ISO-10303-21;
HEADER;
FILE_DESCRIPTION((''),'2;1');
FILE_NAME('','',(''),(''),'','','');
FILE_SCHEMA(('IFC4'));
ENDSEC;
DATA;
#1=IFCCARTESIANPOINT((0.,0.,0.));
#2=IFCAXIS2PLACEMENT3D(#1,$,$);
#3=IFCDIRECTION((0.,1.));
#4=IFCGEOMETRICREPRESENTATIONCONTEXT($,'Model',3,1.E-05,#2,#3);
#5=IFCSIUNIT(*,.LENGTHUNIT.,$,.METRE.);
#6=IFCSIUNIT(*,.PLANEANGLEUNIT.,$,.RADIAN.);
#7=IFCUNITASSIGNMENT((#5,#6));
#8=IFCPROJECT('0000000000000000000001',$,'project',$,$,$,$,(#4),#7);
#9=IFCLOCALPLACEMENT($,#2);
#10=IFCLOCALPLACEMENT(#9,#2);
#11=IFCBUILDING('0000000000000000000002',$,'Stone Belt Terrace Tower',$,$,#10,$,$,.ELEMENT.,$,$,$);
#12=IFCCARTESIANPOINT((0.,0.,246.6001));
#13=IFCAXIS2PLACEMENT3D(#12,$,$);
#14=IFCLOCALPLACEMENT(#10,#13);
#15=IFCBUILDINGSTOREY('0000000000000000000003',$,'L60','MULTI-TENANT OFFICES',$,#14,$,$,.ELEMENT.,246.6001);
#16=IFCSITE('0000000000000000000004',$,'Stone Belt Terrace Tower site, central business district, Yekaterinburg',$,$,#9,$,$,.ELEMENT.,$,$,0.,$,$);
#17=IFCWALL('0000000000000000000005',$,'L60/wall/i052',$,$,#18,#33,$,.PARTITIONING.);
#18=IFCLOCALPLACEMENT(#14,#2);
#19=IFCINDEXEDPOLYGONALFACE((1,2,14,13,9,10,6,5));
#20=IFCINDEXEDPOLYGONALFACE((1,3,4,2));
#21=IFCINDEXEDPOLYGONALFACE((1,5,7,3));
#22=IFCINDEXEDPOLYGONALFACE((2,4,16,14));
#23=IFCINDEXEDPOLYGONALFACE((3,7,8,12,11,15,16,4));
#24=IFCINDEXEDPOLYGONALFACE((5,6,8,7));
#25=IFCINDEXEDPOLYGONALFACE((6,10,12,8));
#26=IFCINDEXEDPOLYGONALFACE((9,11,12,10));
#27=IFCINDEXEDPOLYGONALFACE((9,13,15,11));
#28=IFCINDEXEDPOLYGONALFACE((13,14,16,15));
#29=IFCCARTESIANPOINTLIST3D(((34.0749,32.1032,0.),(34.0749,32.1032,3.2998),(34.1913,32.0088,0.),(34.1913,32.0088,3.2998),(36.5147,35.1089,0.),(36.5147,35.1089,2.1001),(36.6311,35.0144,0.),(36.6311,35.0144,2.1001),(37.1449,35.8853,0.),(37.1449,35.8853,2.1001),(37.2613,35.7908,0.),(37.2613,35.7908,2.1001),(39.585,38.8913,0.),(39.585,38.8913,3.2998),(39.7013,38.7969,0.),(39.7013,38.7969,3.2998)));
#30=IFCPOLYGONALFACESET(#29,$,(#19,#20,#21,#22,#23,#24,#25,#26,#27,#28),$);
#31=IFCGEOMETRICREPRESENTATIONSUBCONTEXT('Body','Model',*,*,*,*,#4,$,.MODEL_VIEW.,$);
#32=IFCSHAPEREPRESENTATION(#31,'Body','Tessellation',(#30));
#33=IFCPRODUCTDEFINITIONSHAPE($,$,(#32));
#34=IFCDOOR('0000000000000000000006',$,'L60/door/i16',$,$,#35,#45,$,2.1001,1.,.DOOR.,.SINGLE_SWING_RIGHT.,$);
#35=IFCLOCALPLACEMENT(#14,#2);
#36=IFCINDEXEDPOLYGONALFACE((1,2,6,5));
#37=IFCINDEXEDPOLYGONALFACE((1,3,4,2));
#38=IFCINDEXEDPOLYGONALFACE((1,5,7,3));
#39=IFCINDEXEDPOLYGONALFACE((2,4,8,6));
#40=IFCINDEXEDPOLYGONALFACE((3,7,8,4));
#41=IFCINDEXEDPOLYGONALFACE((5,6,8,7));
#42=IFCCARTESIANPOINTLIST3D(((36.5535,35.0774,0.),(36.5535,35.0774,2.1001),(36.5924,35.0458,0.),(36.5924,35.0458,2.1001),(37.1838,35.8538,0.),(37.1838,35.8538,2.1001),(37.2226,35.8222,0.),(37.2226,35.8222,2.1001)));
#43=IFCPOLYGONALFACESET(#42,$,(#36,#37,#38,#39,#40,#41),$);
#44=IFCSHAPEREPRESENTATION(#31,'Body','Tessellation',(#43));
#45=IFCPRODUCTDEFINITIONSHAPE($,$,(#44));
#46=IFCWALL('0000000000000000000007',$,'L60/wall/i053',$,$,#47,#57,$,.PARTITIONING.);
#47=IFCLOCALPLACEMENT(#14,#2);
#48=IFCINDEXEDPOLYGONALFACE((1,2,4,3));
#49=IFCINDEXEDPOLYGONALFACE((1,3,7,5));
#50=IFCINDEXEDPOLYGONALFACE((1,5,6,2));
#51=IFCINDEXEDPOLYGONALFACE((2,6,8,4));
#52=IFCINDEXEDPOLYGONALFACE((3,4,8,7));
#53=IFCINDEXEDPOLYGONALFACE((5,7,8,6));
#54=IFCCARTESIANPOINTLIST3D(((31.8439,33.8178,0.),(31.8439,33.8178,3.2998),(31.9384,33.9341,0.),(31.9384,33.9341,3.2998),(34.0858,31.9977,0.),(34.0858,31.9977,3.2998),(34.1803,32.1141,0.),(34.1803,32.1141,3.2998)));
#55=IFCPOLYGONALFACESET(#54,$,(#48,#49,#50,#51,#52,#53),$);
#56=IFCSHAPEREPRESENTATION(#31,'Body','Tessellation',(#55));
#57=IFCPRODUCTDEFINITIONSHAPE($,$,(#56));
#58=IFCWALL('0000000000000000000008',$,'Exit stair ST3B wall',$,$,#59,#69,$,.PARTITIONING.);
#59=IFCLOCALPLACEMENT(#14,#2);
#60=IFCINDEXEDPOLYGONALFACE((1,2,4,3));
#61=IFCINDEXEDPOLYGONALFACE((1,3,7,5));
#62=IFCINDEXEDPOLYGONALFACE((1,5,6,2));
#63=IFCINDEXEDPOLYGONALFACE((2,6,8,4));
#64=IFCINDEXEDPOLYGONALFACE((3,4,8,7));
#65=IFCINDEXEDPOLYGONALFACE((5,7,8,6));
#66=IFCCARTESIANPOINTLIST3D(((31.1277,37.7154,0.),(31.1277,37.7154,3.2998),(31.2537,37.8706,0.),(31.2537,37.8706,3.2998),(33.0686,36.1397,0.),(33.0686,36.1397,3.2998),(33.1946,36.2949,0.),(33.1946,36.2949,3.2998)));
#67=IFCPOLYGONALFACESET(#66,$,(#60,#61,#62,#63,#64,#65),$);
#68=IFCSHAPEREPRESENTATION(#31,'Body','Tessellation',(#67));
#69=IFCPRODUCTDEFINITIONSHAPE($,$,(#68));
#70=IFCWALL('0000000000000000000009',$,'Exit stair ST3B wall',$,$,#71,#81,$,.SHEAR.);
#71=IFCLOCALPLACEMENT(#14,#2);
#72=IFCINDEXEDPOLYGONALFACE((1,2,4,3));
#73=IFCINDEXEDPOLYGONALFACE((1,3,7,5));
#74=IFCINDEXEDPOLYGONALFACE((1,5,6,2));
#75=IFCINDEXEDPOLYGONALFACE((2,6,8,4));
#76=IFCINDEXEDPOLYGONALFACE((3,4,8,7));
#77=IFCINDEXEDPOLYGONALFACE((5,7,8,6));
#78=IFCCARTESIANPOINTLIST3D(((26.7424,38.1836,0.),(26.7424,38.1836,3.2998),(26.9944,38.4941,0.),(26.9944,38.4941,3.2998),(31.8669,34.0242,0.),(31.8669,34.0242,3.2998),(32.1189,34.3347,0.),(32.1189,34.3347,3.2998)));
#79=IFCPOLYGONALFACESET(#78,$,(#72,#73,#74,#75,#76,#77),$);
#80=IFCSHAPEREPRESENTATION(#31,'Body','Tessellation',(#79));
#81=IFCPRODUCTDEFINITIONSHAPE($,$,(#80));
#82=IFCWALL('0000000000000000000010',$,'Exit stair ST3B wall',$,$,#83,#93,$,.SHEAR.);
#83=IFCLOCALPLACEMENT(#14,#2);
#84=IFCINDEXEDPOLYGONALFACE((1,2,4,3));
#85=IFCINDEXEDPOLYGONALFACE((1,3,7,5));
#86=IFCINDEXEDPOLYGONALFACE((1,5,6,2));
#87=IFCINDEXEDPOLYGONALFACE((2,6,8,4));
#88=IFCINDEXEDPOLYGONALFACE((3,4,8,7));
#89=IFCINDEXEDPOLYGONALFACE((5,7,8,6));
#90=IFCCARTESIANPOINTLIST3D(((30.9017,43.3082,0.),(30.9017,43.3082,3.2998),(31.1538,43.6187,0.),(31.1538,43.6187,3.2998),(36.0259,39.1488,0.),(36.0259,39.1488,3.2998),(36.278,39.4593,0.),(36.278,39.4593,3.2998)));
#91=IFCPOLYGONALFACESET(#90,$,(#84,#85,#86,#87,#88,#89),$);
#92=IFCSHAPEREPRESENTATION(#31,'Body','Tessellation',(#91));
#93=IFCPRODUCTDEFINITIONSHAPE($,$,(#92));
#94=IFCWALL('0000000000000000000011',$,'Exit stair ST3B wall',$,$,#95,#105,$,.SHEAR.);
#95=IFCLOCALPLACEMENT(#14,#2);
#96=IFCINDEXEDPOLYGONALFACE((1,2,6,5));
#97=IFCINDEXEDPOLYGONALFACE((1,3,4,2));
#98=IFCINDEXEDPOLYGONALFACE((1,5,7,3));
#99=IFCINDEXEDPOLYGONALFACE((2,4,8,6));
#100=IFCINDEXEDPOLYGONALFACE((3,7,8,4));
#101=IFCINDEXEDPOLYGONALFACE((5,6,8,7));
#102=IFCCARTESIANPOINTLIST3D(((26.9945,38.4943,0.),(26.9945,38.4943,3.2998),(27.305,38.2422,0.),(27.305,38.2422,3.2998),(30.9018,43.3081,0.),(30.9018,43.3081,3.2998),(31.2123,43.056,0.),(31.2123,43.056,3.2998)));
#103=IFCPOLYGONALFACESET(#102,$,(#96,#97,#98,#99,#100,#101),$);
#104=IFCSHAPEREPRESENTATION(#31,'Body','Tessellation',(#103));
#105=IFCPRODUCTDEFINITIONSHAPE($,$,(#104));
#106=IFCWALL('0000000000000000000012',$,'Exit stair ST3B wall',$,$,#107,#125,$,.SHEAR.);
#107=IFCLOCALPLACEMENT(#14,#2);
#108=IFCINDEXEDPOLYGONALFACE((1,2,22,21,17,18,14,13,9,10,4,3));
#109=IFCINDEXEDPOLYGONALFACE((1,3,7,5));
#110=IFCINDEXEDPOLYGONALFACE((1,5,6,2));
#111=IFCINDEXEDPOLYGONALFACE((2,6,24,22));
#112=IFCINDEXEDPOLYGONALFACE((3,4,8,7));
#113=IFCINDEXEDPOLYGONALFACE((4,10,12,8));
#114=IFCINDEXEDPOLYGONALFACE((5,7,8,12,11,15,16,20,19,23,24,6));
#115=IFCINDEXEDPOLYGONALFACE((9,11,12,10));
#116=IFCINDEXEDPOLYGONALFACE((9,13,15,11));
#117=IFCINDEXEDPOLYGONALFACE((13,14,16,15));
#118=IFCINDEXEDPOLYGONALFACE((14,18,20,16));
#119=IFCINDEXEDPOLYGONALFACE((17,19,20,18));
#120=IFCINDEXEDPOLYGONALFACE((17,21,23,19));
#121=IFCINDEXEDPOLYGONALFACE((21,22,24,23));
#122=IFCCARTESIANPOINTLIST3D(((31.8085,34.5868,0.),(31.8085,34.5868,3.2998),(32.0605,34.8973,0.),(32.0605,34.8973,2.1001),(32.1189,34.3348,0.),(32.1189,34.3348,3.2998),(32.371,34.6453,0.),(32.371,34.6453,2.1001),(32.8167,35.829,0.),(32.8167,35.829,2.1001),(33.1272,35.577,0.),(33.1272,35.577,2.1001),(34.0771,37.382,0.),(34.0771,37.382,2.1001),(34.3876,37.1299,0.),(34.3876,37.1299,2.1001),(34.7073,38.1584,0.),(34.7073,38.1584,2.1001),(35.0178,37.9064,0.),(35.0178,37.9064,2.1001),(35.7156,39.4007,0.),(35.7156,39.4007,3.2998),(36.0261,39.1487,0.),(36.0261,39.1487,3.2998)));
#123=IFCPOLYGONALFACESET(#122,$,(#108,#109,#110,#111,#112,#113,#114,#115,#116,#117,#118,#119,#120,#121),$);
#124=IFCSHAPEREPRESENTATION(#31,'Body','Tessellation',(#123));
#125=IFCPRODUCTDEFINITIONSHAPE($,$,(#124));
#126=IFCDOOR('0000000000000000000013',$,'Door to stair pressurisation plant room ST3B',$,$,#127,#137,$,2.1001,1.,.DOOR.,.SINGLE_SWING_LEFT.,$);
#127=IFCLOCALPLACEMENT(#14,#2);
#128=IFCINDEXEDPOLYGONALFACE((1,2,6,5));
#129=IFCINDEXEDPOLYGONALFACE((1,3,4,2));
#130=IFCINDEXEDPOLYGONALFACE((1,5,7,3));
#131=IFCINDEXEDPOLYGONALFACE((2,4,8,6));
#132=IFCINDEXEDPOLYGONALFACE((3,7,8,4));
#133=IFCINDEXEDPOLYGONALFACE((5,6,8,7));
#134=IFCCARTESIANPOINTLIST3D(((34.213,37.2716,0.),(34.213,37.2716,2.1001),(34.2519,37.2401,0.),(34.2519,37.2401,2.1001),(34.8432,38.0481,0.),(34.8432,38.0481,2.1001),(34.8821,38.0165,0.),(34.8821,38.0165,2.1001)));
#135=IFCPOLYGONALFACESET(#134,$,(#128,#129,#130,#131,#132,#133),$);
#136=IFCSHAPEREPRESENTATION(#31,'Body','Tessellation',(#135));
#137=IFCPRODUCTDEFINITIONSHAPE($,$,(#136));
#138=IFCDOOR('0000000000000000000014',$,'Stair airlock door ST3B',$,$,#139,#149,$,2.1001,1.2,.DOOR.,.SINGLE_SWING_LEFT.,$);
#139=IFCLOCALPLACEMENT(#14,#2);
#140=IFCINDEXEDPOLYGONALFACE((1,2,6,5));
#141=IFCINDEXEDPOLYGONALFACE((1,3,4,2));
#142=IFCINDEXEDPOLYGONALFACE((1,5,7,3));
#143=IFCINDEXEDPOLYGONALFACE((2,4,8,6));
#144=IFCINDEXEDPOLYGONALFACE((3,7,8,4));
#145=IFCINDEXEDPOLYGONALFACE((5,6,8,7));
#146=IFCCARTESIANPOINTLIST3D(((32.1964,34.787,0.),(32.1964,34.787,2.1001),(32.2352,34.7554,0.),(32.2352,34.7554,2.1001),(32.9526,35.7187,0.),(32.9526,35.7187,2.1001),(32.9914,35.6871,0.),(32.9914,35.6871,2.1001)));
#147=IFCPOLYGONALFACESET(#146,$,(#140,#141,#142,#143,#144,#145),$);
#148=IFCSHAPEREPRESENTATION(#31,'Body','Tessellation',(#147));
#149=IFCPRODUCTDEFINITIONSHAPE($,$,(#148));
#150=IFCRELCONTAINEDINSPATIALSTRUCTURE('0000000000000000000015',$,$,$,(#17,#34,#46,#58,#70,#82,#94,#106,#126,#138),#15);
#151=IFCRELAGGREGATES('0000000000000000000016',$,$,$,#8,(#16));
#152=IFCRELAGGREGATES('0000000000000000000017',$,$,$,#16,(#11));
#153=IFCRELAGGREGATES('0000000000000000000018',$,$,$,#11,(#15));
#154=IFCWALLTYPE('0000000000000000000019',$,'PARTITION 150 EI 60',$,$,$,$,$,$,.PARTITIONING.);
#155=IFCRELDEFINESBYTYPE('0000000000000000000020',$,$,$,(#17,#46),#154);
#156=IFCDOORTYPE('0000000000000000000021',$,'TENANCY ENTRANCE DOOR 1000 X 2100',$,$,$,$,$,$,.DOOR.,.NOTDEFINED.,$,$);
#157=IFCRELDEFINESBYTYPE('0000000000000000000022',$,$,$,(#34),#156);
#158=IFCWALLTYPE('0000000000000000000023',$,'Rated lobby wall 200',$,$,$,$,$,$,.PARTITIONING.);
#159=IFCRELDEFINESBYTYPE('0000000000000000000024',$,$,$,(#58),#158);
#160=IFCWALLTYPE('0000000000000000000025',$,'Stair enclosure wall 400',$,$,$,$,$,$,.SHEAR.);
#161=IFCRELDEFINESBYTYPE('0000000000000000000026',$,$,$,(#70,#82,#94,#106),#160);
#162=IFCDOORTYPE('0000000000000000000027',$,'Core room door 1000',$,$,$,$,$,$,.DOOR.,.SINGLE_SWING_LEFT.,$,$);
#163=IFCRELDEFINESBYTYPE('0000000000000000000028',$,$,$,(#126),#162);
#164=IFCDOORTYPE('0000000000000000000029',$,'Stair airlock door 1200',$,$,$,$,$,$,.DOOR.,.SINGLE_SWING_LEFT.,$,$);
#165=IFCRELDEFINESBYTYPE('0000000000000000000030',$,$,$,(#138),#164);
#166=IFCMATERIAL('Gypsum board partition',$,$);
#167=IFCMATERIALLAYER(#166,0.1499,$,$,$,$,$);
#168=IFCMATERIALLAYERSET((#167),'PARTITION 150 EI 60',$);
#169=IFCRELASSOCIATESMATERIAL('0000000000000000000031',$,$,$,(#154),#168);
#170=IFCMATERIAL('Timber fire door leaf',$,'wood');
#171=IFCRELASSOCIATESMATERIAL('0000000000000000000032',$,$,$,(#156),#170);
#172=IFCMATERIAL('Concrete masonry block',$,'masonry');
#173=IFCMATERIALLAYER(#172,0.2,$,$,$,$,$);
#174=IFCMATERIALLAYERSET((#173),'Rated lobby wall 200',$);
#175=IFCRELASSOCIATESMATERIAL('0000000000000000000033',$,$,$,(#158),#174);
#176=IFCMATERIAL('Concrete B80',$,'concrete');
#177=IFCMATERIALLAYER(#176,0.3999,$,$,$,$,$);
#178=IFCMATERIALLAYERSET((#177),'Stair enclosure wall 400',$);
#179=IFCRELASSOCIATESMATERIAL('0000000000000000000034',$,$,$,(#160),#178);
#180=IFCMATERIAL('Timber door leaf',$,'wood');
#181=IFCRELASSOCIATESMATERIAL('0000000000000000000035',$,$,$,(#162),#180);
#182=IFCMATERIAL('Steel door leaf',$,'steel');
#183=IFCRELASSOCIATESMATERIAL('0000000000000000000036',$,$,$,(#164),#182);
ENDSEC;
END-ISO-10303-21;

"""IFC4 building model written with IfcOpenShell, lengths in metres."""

from ifc_helpers import new_model, si_unit, direction, frame, frame_2d, origin, place, context, subcontext, project, spatial, rectangle, extrude, material, layer, layer_set, type_object, element, fill, save


model = new_model("IFC4")

# Units and contexts
model_context = context("Model", 3, precision=1e-05, world=origin(), true_north=direction((0.0, 1.0)))
body_context = subcontext(model_context, "Body", "Model", "MODEL_VIEW")
ifc_project = project(units=[si_unit("LENGTHUNIT", "METRE"), si_unit("PLANEANGLEUNIT", "RADIAN")], contexts=[model_context])

# Site, building, storey
site_placement = place(None, origin())
site = spatial("IfcSite", under=ifc_project, at=site_placement, Name="Stone Belt Terrace Tower site, central business district, Yekaterinburg", CompositionType="ELEMENT", RefElevation=0.0)
building_placement = place(site_placement, origin())
building = spatial("IfcBuilding", under=site, at=building_placement, Name="Stone Belt Terrace Tower", CompositionType="ELEMENT")
storey_placement = place(building_placement, frame((0.0, 0.0, 246.6001)))
storey = spatial("IfcBuildingStorey", under=building, at=storey_placement, Name="L60", Description="MULTI-TENANT OFFICES", CompositionType="ELEMENT", Elevation=246.6001)

# Shared definitions
ifc_material_1 = material(Name="Gypsum board partition")
ifc_layer_1 = layer(ifc_material_1, 0.1499)
ifc_layer_set_1 = layer_set([ifc_layer_1], Name="PARTITION 150 EI 60")
wall_type_1 = type_object("IfcWallType", Name="PARTITION 150 EI 60", PredefinedType="PARTITIONING", material=ifc_layer_set_1)

# Wall, opening, door
wall_1_placement = place(storey_placement, frame((34.1331, 32.0559, 0.0), z_axis=(0.0, 0.0, 1.0), x_axis=(0.630227, 0.776411, 0.0)))
wall_1 = element("IfcWall", 1, at=wall_1_placement, inside=storey, type_object=wall_type_1, Name="L60/wall/i052", PredefinedType="PARTITIONING", context=body_context, shape_type="SweptSolid", body=[
    extrude(rectangle(XDim=8.7429, YDim=0.1499, at=frame_2d((4.3716, 0.0))), origin(), (0.0, 0.0, 1.0), 3.2998),
])
opening_1_placement = place(wall_1_placement, frame((3.8713, 0.0, 0.0)))
opening_1 = element("IfcOpeningElement", 2, at=opening_1_placement, cuts=wall_1, PredefinedType="OPENING", context=body_context, shape_type="SweptSolid", body=[
    extrude(rectangle(XDim=1.0, YDim=2.1001, at=frame_2d((0.5, 1.05))), frame((0.0, 0.085, 0.0), z_axis=(0.0, -1.0, 0.0), x_axis=(1.0, 0.0, 0.0)), (0.0, 0.0, 1.0), 0.1699),
])
ifc_material_2 = material(Name="Timber fire door leaf", Category="wood")
door_type_1 = type_object("IfcDoorType", Name="TENANCY ENTRANCE DOOR 1000 X 2100", OperationType="NOTDEFINED", PredefinedType="DOOR", material=ifc_material_2)
door_1_placement = place(opening_1_placement, origin())
door_1 = element("IfcDoor", 3, at=door_1_placement, inside=storey, type_object=door_type_1, Name="L60/door/i16", OperationType="SINGLE_SWING_RIGHT", OverallHeight=2.1001, OverallWidth=1.0, PredefinedType="DOOR", context=body_context, shape_type="SweptSolid", body=[
    extrude(rectangle(XDim=1.0, YDim=2.1001, at=frame_2d((0.5, 1.05))), frame((0.0, 0.0249, 0.0), z_axis=(0.0, -1.0, 0.0), x_axis=(1.0, 0.0, 0.0)), (0.0, 0.0, 1.0), 0.05),
])
fill(opening_1, door_1)

# Walls
wall_2_placement = place(storey_placement, frame((34.1331, 32.0559, 0.0), z_axis=(0.0, 0.0, 1.0), x_axis=(-0.77637, 0.630277, 0.0)))
element("IfcWall", 4, at=wall_2_placement, inside=storey, type_object=wall_type_1, Name="L60/wall/i053", PredefinedType="PARTITIONING", context=body_context, shape_type="SweptSolid", body=[
    extrude(rectangle(XDim=2.8877, YDim=0.1499, at=frame_2d((1.4438, 0.0))), origin(), (0.0, 0.0, 1.0), 3.2998),
])
ifc_material_3 = material(Name="Concrete masonry block", Category="masonry")
ifc_layer_2 = layer(ifc_material_3, 0.2)
ifc_layer_set_2 = layer_set([ifc_layer_2], Name="Rated lobby wall 200")
wall_type_2 = type_object("IfcWallType", Name="Rated lobby wall 200", PredefinedType="PARTITIONING", material=ifc_layer_set_2)
wall_3_placement = place(storey_placement, frame((31.1907, 37.793, 0.0), z_axis=(0.0, 0.0, 1.0), x_axis=(0.776371, -0.630276, 0.0)))
element("IfcWall", 5, at=wall_3_placement, inside=storey, type_object=wall_type_2, Name="Exit stair ST3B wall", PredefinedType="PARTITIONING", context=body_context, shape_type="SweptSolid", body=[
    extrude(rectangle(XDim=2.5, YDim=0.2, at=frame_2d((1.25, 0.0))), origin(), (0.0, 0.0, 1.0), 3.2998),
])
ifc_material_4 = material(Name="Concrete B80", Category="concrete")
ifc_layer_3 = layer(ifc_material_4, 0.3999)
ifc_layer_set_3 = layer_set([ifc_layer_3], Name="Stair enclosure wall 400")
wall_type_3 = type_object("IfcWallType", Name="Stair enclosure wall 400", PredefinedType="SHEAR", material=ifc_layer_set_3)
wall_4_placement = place(storey_placement, frame((26.8684, 38.3389, 0.0), z_axis=(0.0, 0.0, 1.0), x_axis=(0.776428, -0.630205, 0.0)))
element("IfcWall", 6, at=wall_4_placement, inside=storey, type_object=wall_type_3, Name="Exit stair ST3B wall", PredefinedType="SHEAR", context=body_context, shape_type="SweptSolid", body=[
    extrude(rectangle(XDim=6.6001, YDim=0.3999, at=frame_2d((3.3, 0.0))), origin(), (0.0, 0.0, 1.0), 3.2998),
])
wall_5_placement = place(storey_placement, frame((31.0278, 43.4634, 0.0), z_axis=(0.0, 0.0, 1.0), x_axis=(0.776414, -0.630224, 0.0)))
element("IfcWall", 7, at=wall_5_placement, inside=storey, type_object=wall_type_3, Name="Exit stair ST3B wall", PredefinedType="SHEAR", context=body_context, shape_type="SweptSolid", body=[
    extrude(rectangle(XDim=6.5999, YDim=0.3999, at=frame_2d((3.2998, 0.0))), origin(), (0.0, 0.0, 1.0), 3.2998),
])
wall_6_placement = place(storey_placement, frame((27.1497, 38.3682, 0.0), z_axis=(0.0, 0.0, 1.0), x_axis=(0.630212, 0.776423, 0.0)))
element("IfcWall", 8, at=wall_6_placement, inside=storey, type_object=wall_type_3, Name="Exit stair ST3B wall", PredefinedType="SHEAR", context=body_context, shape_type="SweptSolid", body=[
    extrude(rectangle(XDim=6.2, YDim=0.3999, at=frame_2d((3.1001, 0.0))), origin(), (0.0, 0.0, 1.0), 3.2998),
])

# Wall, openings, doors
wall_7_placement = place(storey_placement, frame((31.9636, 34.4607, 0.0), z_axis=(0.0, 0.0, 1.0), x_axis=(0.630192, 0.776439, 0.0)))
wall_7 = element("IfcWall", 9, at=wall_7_placement, inside=storey, type_object=wall_type_3, Name="Exit stair ST3B wall", PredefinedType="SHEAR", context=body_context, shape_type="SweptSolid", body=[
    extrude(rectangle(XDim=6.2, YDim=0.3999, at=frame_2d((3.1001, 0.0))), origin(), (0.0, 0.0, 1.0), 3.2998),
])
opening_2_placement = place(wall_7_placement, frame((0.3999, 0.0, 0.0)))
opening_2 = element("IfcOpeningElement", 10, at=opening_2_placement, cuts=wall_7, PredefinedType="OPENING", context=body_context, shape_type="SweptSolid", body=[
    extrude(rectangle(XDim=1.2, YDim=2.1001, at=frame_2d((0.6001, 1.05))), frame((0.0, 0.21, 0.0), z_axis=(0.0, -1.0, 0.0), x_axis=(1.0, 0.0, 0.0)), (0.0, 0.0, 1.0), 0.4199),
])
opening_3_placement = place(wall_7_placement, frame((3.6001, 0.0, 0.0)))
opening_3 = element("IfcOpeningElement", 11, at=opening_3_placement, cuts=wall_7, PredefinedType="OPENING", context=body_context, shape_type="SweptSolid", body=[
    extrude(rectangle(XDim=1.0, YDim=2.1001, at=frame_2d((0.5, 1.05))), frame((0.0, 0.21, 0.0), z_axis=(0.0, -1.0, 0.0), x_axis=(1.0, 0.0, 0.0)), (0.0, 0.0, 1.0), 0.4199),
])
ifc_material_5 = material(Name="Timber door leaf", Category="wood")
door_type_2 = type_object("IfcDoorType", Name="Core room door 1000", OperationType="SINGLE_SWING_LEFT", PredefinedType="DOOR", material=ifc_material_5)
door_2_placement = place(opening_3_placement, origin())
door_2 = element("IfcDoor", 12, at=door_2_placement, inside=storey, type_object=door_type_2, Name="Door to stair pressurisation plant room ST3B", OperationType="SINGLE_SWING_LEFT", OverallHeight=2.1001, OverallWidth=1.0, PredefinedType="DOOR", context=body_context, shape_type="SweptSolid", body=[
    extrude(rectangle(XDim=1.0, YDim=2.1001, at=frame_2d((0.5, 1.05))), frame((0.0, 0.0249, 0.0), z_axis=(0.0, -1.0, 0.0), x_axis=(1.0, 0.0, 0.0)), (0.0, 0.0, 1.0), 0.05),
])
fill(opening_3, door_2)
ifc_material_6 = material(Name="Steel door leaf", Category="steel")
door_type_3 = type_object("IfcDoorType", Name="Stair airlock door 1200", OperationType="SINGLE_SWING_LEFT", PredefinedType="DOOR", material=ifc_material_6)
door_3_placement = place(opening_2_placement, origin())
door_3 = element("IfcDoor", 13, at=door_3_placement, inside=storey, type_object=door_type_3, Name="Stair airlock door ST3B", OperationType="SINGLE_SWING_LEFT", OverallHeight=2.1001, OverallWidth=1.2, PredefinedType="DOOR", context=body_context, shape_type="SweptSolid", body=[
    extrude(rectangle(XDim=1.2, YDim=2.1001, at=frame_2d((0.6001, 1.05))), frame((0.0, 0.0249, 0.0), z_axis=(0.0, -1.0, 0.0), x_axis=(1.0, 0.0, 0.0)), (0.0, 0.0, 1.0), 0.05),
])
fill(opening_2, door_3)

save(model, "model.ifc")
